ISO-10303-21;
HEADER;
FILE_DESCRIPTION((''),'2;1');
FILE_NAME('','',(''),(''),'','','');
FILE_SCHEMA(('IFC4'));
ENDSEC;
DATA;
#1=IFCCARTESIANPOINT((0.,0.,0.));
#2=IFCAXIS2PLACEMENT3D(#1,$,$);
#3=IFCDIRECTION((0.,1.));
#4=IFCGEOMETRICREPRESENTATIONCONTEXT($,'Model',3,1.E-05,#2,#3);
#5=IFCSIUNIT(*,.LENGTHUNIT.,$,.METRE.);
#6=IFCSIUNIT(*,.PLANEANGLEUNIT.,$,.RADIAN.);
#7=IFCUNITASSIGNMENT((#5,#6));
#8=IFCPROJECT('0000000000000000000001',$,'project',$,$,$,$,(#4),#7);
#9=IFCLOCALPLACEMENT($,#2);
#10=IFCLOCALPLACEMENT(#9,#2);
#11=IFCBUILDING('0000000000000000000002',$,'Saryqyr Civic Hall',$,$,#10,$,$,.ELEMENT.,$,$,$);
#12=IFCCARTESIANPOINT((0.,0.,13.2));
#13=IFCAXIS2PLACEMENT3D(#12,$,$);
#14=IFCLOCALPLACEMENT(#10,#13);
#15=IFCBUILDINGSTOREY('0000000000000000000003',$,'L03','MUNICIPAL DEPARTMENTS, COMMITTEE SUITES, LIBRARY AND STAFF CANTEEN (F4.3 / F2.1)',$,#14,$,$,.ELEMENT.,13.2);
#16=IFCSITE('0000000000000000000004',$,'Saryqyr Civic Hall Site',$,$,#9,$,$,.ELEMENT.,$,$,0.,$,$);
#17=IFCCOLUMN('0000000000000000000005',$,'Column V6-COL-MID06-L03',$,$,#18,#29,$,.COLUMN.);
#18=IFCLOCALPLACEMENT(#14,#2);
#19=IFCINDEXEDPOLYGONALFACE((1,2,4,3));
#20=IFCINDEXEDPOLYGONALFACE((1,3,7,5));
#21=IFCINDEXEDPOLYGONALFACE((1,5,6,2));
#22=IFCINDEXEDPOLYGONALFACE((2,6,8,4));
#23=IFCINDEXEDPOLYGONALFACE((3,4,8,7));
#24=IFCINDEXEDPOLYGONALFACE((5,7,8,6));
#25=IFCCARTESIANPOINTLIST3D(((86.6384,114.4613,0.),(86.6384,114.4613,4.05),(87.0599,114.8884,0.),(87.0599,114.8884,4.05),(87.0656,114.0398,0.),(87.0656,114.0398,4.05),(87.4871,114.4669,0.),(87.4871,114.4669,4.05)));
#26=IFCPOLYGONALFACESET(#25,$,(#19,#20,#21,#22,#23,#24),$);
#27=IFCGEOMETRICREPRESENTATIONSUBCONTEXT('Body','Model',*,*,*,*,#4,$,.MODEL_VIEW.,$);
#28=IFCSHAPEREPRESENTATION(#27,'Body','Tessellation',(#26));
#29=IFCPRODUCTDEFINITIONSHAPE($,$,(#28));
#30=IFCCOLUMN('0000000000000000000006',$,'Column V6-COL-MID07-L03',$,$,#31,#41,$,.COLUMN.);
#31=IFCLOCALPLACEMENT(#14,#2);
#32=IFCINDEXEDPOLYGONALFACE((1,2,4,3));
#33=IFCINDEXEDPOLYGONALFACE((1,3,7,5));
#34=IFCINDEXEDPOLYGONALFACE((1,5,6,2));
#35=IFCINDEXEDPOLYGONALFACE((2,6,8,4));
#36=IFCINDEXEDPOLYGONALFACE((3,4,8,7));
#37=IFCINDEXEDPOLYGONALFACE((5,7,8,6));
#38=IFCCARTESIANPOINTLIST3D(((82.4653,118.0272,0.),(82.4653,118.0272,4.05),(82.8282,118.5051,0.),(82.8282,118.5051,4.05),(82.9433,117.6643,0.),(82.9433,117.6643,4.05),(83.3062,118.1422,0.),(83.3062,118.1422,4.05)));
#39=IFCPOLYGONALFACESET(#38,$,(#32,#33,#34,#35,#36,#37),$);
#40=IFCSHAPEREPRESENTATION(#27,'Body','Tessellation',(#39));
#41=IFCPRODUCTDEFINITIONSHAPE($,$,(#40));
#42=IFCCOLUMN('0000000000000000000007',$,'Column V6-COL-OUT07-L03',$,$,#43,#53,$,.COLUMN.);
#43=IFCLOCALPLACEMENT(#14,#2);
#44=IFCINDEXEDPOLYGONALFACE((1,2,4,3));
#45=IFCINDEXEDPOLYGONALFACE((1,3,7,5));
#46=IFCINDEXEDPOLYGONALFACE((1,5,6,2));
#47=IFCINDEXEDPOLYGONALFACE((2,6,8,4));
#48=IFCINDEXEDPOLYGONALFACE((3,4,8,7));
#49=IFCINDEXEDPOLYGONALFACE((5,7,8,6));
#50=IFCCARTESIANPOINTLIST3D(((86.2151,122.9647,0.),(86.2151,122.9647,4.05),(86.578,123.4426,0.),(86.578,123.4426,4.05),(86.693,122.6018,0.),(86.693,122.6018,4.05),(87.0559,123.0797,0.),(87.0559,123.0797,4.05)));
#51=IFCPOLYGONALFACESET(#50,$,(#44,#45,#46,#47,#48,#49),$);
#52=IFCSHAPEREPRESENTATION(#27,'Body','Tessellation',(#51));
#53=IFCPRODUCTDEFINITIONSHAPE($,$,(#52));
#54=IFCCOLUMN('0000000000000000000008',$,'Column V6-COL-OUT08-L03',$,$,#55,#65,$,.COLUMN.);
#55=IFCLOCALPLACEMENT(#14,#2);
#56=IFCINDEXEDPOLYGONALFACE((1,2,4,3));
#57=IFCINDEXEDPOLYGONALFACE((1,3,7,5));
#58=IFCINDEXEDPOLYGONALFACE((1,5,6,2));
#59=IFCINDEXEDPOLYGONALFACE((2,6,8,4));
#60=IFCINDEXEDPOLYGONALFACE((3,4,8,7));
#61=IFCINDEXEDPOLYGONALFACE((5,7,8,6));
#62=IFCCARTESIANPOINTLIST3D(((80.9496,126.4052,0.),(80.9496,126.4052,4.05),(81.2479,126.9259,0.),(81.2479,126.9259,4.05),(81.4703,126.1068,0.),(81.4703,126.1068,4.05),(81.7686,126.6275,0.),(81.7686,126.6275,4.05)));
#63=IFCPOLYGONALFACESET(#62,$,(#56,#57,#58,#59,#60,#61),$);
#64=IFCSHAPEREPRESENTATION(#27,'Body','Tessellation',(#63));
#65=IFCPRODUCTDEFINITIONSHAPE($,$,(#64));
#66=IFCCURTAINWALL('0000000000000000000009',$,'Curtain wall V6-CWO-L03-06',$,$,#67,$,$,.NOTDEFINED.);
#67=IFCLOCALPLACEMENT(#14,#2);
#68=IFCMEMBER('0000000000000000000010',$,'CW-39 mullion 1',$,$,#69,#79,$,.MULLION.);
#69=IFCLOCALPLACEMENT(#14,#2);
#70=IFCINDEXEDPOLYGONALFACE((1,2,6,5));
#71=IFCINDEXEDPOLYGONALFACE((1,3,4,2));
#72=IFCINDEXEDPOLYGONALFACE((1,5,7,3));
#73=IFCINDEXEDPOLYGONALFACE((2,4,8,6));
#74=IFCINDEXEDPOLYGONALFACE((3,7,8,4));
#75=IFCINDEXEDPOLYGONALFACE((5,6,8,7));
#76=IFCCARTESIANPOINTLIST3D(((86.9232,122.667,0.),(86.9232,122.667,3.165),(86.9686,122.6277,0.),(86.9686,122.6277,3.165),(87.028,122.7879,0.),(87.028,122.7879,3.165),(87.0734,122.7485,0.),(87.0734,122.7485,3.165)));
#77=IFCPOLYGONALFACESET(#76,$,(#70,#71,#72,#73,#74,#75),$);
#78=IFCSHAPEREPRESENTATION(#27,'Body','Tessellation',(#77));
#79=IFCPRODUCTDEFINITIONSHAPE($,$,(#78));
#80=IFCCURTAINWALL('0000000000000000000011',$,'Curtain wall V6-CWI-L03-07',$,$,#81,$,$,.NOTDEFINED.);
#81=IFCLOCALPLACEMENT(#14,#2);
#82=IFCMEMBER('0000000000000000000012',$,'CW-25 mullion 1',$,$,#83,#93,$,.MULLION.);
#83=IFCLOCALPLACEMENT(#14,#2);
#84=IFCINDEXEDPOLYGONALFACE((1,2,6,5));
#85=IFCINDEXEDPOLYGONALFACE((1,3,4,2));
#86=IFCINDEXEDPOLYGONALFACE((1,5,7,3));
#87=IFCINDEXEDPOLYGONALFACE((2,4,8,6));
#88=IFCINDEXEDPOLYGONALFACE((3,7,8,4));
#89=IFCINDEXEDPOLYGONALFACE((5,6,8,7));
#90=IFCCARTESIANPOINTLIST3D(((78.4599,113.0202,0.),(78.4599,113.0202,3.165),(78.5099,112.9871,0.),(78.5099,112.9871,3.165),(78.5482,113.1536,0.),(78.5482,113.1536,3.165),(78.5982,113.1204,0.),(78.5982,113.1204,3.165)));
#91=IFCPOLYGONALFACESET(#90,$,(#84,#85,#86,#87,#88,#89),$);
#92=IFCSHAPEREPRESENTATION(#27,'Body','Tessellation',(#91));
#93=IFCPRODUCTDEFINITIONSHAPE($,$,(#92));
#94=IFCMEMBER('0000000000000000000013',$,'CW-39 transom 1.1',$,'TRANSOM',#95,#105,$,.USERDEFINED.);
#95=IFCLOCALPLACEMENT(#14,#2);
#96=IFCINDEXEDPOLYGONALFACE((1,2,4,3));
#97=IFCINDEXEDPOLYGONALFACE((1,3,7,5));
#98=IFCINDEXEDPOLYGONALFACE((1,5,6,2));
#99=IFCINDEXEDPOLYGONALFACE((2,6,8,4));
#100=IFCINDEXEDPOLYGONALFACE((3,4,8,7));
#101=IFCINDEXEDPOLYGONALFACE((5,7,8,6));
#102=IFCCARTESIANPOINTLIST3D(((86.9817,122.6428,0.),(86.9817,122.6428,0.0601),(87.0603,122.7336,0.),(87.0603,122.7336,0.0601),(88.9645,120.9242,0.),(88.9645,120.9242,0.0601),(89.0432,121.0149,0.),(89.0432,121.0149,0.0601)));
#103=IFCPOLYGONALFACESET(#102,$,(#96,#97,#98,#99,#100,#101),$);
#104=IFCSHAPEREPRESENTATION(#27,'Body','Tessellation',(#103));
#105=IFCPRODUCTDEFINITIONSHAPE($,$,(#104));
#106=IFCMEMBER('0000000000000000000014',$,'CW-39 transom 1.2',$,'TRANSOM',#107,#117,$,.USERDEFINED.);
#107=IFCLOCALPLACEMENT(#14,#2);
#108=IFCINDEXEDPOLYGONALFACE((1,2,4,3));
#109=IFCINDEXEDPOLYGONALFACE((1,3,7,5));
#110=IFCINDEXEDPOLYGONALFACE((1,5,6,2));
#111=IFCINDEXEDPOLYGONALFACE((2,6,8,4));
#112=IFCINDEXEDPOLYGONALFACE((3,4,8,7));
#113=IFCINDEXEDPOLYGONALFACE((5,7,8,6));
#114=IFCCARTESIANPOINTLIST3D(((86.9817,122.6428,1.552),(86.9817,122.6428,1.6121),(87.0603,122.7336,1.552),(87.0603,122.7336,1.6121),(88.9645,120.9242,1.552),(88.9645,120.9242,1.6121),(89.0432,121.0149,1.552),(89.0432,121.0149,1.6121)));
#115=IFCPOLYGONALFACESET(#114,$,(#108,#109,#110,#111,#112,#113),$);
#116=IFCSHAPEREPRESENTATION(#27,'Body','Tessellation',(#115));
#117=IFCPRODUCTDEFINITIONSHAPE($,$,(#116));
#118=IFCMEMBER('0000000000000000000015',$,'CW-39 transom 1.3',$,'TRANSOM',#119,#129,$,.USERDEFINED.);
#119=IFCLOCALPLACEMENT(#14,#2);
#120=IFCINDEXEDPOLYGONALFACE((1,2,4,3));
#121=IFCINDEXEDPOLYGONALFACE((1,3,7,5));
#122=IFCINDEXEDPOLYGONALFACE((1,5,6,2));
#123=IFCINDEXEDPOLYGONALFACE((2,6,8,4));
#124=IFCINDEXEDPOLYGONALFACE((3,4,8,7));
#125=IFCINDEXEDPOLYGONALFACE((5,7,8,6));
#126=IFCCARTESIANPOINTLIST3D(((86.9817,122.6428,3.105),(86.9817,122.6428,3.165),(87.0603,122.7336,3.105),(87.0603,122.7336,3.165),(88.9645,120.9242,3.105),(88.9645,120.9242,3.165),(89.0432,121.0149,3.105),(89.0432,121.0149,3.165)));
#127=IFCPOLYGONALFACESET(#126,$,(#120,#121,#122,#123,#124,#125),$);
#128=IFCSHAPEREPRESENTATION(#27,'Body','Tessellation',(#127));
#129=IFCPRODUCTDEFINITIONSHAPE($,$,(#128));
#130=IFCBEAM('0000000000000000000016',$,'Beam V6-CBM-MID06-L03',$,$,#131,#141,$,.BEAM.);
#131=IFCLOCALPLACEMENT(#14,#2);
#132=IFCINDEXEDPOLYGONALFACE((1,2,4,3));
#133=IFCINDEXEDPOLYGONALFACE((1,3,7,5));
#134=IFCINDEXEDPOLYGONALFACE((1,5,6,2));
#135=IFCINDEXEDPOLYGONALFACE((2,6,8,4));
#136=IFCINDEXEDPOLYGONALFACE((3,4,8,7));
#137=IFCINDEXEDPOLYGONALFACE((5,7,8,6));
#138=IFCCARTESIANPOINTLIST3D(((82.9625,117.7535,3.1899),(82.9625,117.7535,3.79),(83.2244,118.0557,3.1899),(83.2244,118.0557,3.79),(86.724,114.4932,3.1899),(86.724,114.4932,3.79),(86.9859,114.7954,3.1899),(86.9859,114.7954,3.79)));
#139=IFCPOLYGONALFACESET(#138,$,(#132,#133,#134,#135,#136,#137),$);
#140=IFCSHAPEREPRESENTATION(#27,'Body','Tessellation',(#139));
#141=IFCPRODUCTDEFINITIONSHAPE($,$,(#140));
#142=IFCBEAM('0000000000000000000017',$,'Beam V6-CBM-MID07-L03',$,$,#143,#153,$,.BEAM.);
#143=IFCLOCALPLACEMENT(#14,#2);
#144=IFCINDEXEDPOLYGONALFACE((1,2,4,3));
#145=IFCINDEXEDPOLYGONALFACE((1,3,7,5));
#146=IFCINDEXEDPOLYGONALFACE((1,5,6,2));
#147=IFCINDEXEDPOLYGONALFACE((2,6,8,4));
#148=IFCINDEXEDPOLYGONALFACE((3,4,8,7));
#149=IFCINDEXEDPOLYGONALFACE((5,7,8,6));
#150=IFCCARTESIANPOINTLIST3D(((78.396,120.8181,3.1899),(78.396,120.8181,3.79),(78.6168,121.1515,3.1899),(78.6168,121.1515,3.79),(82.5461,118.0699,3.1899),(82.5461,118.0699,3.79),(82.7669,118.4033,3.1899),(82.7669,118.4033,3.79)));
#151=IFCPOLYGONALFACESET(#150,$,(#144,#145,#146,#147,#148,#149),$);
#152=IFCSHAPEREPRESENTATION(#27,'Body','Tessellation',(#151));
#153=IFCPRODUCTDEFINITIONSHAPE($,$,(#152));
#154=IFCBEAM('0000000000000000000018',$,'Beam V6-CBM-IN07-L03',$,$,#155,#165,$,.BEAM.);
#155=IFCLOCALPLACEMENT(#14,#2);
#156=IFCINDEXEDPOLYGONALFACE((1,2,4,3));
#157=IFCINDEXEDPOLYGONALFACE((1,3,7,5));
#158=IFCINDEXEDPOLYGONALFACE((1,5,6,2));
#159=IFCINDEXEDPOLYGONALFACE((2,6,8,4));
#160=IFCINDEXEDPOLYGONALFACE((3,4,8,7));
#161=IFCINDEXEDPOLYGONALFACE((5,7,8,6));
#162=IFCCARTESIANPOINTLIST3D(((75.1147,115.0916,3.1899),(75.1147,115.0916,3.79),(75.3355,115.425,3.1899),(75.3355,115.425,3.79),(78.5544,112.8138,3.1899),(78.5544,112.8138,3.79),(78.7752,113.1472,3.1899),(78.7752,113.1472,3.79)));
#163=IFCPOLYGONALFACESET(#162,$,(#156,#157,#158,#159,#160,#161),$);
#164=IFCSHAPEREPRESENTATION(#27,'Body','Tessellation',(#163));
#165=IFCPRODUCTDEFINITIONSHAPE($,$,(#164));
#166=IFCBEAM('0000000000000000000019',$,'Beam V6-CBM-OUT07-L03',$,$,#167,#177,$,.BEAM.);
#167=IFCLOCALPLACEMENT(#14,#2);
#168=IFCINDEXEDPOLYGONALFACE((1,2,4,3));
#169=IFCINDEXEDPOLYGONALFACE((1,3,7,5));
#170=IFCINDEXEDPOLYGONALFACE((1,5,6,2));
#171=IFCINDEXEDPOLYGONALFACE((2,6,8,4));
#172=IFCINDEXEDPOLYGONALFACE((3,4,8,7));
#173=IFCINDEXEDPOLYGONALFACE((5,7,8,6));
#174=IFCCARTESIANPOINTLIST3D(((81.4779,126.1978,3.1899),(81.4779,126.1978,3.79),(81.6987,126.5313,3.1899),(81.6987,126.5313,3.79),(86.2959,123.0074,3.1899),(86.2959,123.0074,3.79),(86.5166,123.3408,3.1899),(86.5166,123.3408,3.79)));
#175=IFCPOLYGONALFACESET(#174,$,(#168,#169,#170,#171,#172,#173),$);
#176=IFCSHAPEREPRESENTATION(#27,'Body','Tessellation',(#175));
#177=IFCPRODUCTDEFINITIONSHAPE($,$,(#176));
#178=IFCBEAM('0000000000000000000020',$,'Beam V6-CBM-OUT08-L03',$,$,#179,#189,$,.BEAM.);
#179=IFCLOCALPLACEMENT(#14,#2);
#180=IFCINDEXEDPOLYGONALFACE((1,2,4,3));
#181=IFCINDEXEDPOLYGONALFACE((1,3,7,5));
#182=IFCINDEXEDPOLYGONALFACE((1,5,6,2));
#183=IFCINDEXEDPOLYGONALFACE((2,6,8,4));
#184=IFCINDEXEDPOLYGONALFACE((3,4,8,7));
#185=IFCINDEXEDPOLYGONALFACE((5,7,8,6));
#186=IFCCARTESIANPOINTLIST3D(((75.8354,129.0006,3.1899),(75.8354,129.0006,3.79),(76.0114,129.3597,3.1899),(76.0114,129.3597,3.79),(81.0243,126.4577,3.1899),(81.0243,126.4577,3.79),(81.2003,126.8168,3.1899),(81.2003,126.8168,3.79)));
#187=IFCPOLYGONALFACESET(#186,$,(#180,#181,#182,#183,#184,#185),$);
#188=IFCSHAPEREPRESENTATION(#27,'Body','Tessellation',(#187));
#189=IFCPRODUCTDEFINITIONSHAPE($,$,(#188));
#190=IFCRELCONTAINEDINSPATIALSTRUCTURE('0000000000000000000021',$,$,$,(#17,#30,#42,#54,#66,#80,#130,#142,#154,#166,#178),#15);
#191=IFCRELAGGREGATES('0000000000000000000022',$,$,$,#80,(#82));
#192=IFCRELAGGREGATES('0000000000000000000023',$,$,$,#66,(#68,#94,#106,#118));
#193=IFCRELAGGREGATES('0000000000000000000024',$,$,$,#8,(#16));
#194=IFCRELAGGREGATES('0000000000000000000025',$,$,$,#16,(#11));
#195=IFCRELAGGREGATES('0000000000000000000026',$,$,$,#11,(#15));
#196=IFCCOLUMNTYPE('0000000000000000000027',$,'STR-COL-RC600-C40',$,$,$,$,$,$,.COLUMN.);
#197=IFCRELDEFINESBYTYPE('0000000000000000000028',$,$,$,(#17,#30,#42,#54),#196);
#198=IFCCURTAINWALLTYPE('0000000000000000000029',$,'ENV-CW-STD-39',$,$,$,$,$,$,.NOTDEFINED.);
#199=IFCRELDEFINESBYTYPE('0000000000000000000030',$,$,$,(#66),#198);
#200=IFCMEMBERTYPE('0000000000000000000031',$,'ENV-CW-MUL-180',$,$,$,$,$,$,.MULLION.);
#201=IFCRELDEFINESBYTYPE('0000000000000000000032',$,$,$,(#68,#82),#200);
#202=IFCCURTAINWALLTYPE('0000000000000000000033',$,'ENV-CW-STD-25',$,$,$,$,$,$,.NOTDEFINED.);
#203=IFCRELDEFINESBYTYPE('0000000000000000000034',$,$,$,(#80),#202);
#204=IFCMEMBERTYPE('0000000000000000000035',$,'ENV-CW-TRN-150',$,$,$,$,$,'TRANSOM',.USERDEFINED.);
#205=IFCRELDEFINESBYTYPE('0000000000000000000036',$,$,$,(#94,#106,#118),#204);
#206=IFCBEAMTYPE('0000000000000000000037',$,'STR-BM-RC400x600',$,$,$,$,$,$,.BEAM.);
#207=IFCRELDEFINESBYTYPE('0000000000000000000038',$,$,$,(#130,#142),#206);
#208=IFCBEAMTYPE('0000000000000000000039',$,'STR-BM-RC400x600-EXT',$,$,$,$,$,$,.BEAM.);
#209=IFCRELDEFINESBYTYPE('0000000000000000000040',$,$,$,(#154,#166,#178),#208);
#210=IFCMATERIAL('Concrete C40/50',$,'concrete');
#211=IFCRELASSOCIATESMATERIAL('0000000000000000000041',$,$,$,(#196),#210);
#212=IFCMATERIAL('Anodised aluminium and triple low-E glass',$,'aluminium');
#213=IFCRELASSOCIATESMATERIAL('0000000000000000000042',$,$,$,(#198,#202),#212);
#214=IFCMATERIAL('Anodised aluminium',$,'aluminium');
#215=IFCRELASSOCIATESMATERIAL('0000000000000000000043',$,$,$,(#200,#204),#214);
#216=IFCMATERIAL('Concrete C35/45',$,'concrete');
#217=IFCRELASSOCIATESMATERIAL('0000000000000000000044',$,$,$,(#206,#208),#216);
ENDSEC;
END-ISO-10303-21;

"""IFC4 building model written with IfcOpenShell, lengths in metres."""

from ifc_helpers import new_model, si_unit, direction, frame, origin, origin_2d, place, context, subcontext, project, spatial, rectangle, extrude, material, material_profile, profile_set, type_object, element, aggregate, save


model = new_model("IFC4")

# Units and contexts
model_context = context("Model", 3, precision=1e-05, world=origin(), true_north=direction((0.0, 1.0)))
body_context = subcontext(model_context, "Body", "Model", "MODEL_VIEW")
ifc_project = project(units=[si_unit("LENGTHUNIT", "METRE"), si_unit("PLANEANGLEUNIT", "RADIAN")], contexts=[model_context])

# Site, building, storey
site_placement = place(None, origin())
site = spatial("IfcSite", under=ifc_project, at=site_placement, Name="Saryqyr Civic Hall Site", CompositionType="ELEMENT", RefElevation=0.0)
building_placement = place(site_placement, origin())
building = spatial("IfcBuilding", under=site, at=building_placement, Name="Saryqyr Civic Hall", CompositionType="ELEMENT")
storey_placement = place(building_placement, frame((0.0, 0.0, 13.2)))
storey = spatial("IfcBuildingStorey", under=building, at=storey_placement, Name="L03", Description="MUNICIPAL DEPARTMENTS, COMMITTEE SUITES, LIBRARY AND STAFF CANTEEN (F4.3 / F2.1)", CompositionType="ELEMENT", Elevation=13.2)

# Columns
ifc_material_1 = material(Name="Concrete C40/50", Category="concrete")
ifc_material_profile_1 = material_profile(ifc_material_1, rectangle(XDim=0.6001, YDim=0.6001, at=origin_2d()), Name="RC 600x600")
ifc_profile_set_1 = profile_set([ifc_material_profile_1], Name="Concrete C40/50")
column_type = type_object("IfcColumnType", Name="STR-COL-RC600-C40", PredefinedType="COLUMN", material=ifc_profile_set_1)
for number, where, z_axis, x_axis, name in (
    (1, (87.0627, 114.4641, 0.0), (0.0, 0.0, 1.0), (0.702402, 0.711781, 0.0), "Column V6-COL-MID06-L03"),
    (2, (82.8857, 118.0847, 0.0), (0.0, 0.0, 1.0), (0.604738, 0.796424, 0.0), "Column V6-COL-MID07-L03"),
    (3, (86.6355, 123.0222, 0.0), (0.0, 0.0, 1.0), (0.604738, 0.796424, 0.0), "Column V6-COL-OUT07-L03"),
    (4, (81.3591, 126.5164, 0.0), (0.0, 0.0, 1.0), (0.497125, 0.867679, 0.0), "Column V6-COL-OUT08-L03"),
):
    element("IfcColumn", number, at=place(storey_placement, frame(where, z_axis=z_axis, x_axis=x_axis)), inside=storey, type_object=column_type, Name=name, PredefinedType="COLUMN", context=body_context, shape_type="SweptSolid", body=[
        extrude(rectangle(XDim=0.6001, YDim=0.6001, at=origin_2d()), origin(), (0.0, 0.0, 1.0), 4.05),
    ])

# Curtain walls, members
ifc_material_2 = material(Name="Anodised aluminium and triple low-E glass", Category="aluminium")
curtain_wall_type_1 = type_object("IfcCurtainWallType", Name="ENV-CW-STD-39", PredefinedType="NOTDEFINED", material=ifc_material_2)
curtain_wall_1_placement = place(storey_placement, origin())
curtain_wall_1 = element("IfcCurtainWall", 5, at=curtain_wall_1_placement, inside=storey, type_object=curtain_wall_type_1, Name="Curtain wall V6-CWO-L03-06", PredefinedType="NOTDEFINED")
ifc_material_3 = material(Name="Anodised aluminium", Category="aluminium")
ifc_material_profile_2 = material_profile(ifc_material_3, rectangle(XDim=0.0601, YDim=0.1599, at=origin_2d()), Name="ALU MULLION 60x160")
ifc_profile_set_2 = profile_set([ifc_material_profile_2], Name="Anodised aluminium")
member_type_1 = type_object("IfcMemberType", Name="ENV-CW-MUL-180", PredefinedType="MULLION", material=ifc_profile_set_2)
member_1_placement = place(storey_placement, frame((86.9983, 122.7078, 0.0), z_axis=(0.0, 0.0, 1.0), x_axis=(0.755657, -0.654967, 0.0)))
member_1 = element("IfcMember", 6, at=member_1_placement, type_object=member_type_1, Name="CW-39 mullion 1", PredefinedType="MULLION", context=body_context, shape_type="SweptSolid", body=[
    extrude(rectangle(XDim=0.0601, YDim=0.1599, at=origin_2d()), origin(), (0.0, 0.0, 1.0), 3.165),
])
curtain_wall_type_2 = type_object("IfcCurtainWallType", Name="ENV-CW-STD-25", PredefinedType="NOTDEFINED", material=ifc_material_2)
curtain_wall_2_placement = place(storey_placement, origin())
curtain_wall_2 = element("IfcCurtainWall", 7, at=curtain_wall_2_placement, inside=storey, type_object=curtain_wall_type_2, Name="Curtain wall V6-CWI-L03-07", PredefinedType="NOTDEFINED")
member_2_placement = place(storey_placement, frame((78.5291, 113.0703, 0.0), z_axis=(0.0, 0.0, 1.0), x_axis=(-0.833756, 0.552133, 0.0)))
member_2 = element("IfcMember", 8, at=member_2_placement, type_object=member_type_1, Name="CW-25 mullion 1", PredefinedType="MULLION", context=body_context, shape_type="SweptSolid", body=[
    extrude(rectangle(XDim=0.0601, YDim=0.1599, at=origin_2d()), origin(), (0.0, 0.0, 1.0), 3.165),
])
aggregate(curtain_wall_2, [member_2])

# Members
ifc_material_profile_3 = material_profile(ifc_material_3, rectangle(XDim=0.1201, YDim=0.0601, at=origin_2d()), Name="ALU TRANSOM 120x60")
ifc_profile_set_3 = profile_set([ifc_material_profile_3], Name="Anodised aluminium")
member_type_2 = type_object("IfcMemberType", Name="ENV-CW-TRN-150", ElementType="TRANSOM", PredefinedType="USERDEFINED", material=ifc_profile_set_3)
member_3_placement = place(storey_placement, frame((87.021, 122.6882, 0.03), z_axis=(0.755646, -0.65498, 0.0), x_axis=(0.65498, 0.755646, 0.0)))
member_3 = element("IfcMember", 9, at=member_3_placement, type_object=member_type_2, Name="CW-39 transom 1.1", ObjectType="TRANSOM", PredefinedType="USERDEFINED", context=body_context, shape_type="SweptSolid", body=[
    extrude(rectangle(XDim=0.1201, YDim=0.0601, at=origin_2d()), origin(), (0.0, 0.0, 1.0), 2.624),
])
member_4_placement = place(storey_placement, frame((87.021, 122.6882, 1.582), z_axis=(0.755646, -0.65498, 0.0), x_axis=(0.65498, 0.755646, 0.0)))
member_4 = element("IfcMember", 10, at=member_4_placement, type_object=member_type_2, Name="CW-39 transom 1.2", ObjectType="TRANSOM", PredefinedType="USERDEFINED", context=body_context, shape_type="SweptSolid", body=[
    extrude(rectangle(XDim=0.1201, YDim=0.0601, at=origin_2d()), origin(), (0.0, 0.0, 1.0), 2.624),
])
member_5_placement = place(storey_placement, frame((87.021, 122.6882, 3.135), z_axis=(0.755646, -0.65498, 0.0), x_axis=(0.65498, 0.755646, 0.0)))
member_5 = element("IfcMember", 11, at=member_5_placement, type_object=member_type_2, Name="CW-39 transom 1.3", ObjectType="TRANSOM", PredefinedType="USERDEFINED", context=body_context, shape_type="SweptSolid", body=[
    extrude(rectangle(XDim=0.1201, YDim=0.0601, at=origin_2d()), origin(), (0.0, 0.0, 1.0), 2.624),
])

# Beams
ifc_material_4 = material(Name="Concrete C35/45", Category="concrete")
ifc_material_profile_4 = material_profile(ifc_material_4, rectangle(XDim=0.3999, YDim=0.6001, at=origin_2d()), Name="RC 400x600")
ifc_profile_set_4 = profile_set([ifc_material_profile_4], Name="Concrete C35/45")
beam_type_1 = type_object("IfcBeamType", Name="STR-BM-RC400x600", PredefinedType="BEAM", material=ifc_profile_set_4)
beam_1_placement = place(storey_placement, frame((86.855, 114.6443, 3.49), z_axis=(-0.755658, 0.654966, 0.0), x_axis=(-0.654966, -0.755658, 0.0)))
element("IfcBeam", 12, at=beam_1_placement, inside=storey, type_object=beam_type_1, Name="Beam V6-CBM-MID06-L03", PredefinedType="BEAM", context=body_context, shape_type="SweptSolid", body=[
    extrude(rectangle(XDim=0.3999, YDim=0.6001, at=origin_2d()), origin(), (0.0, 0.0, 1.0), 4.9778),
])
beam_2_placement = place(storey_placement, frame((82.6565, 118.2366, 3.49), z_axis=(-0.833759, 0.552128, 0.0), x_axis=(-0.552128, -0.833759, 0.0)))
element("IfcBeam", 13, at=beam_2_placement, inside=storey, type_object=beam_type_1, Name="Beam V6-CBM-MID07-L03", PredefinedType="BEAM", context=body_context, shape_type="SweptSolid", body=[
    extrude(rectangle(XDim=0.3999, YDim=0.6001, at=origin_2d()), origin(), (0.0, 0.0, 1.0), 4.9775),
])
ifc_material_profile_5 = material_profile(ifc_material_4, rectangle(XDim=0.3999, YDim=0.6001, at=origin_2d()), Name="RC 400x600")
ifc_profile_set_5 = profile_set([ifc_material_profile_5], Name="Concrete C35/45")
beam_type_2 = type_object("IfcBeamType", Name="STR-BM-RC400x600-EXT", PredefinedType="BEAM", material=ifc_profile_set_5)
beam_3_placement = place(storey_placement, frame((78.6648, 112.9805, 3.49), z_axis=(-0.833758, 0.55213, 0.0), x_axis=(-0.55213, -0.833758, 0.0)))
element("IfcBeam", 14, at=beam_3_placement, inside=storey, type_object=beam_type_2, Name="Beam V6-CBM-IN07-L03", PredefinedType="BEAM", context=body_context, shape_type="SweptSolid", body=[
    extrude(rectangle(XDim=0.3999, YDim=0.6001, at=origin_2d()), origin(), (0.0, 0.0, 1.0), 4.1255),
])
for number, where, z_axis, x_axis, name in (
    (15, (86.4062, 123.1741, 3.49), (-0.833762, 0.552124, 0.0), (-0.552124, -0.833762, 0.0), "Beam V6-CBM-OUT07-L03"),
    (16, (81.1123, 126.6372, 3.49), (-0.897965, 0.440068, 0.0), (-0.440068, -0.897965, 0.0), "Beam V6-CBM-OUT08-L03"),
):
    element("IfcBeam", number, at=place(storey_placement, frame(where, z_axis=z_axis, x_axis=x_axis)), inside=storey, type_object=beam_type_2, Name=name, PredefinedType="BEAM", context=body_context, shape_type="SweptSolid", body=[
        extrude(rectangle(XDim=0.3999, YDim=0.6001, at=origin_2d()), origin(), (0.0, 0.0, 1.0), 5.7786),
    ])

aggregate(curtain_wall_1, [member_1, member_3, member_4, member_5])

save(model, "model.ifc")
